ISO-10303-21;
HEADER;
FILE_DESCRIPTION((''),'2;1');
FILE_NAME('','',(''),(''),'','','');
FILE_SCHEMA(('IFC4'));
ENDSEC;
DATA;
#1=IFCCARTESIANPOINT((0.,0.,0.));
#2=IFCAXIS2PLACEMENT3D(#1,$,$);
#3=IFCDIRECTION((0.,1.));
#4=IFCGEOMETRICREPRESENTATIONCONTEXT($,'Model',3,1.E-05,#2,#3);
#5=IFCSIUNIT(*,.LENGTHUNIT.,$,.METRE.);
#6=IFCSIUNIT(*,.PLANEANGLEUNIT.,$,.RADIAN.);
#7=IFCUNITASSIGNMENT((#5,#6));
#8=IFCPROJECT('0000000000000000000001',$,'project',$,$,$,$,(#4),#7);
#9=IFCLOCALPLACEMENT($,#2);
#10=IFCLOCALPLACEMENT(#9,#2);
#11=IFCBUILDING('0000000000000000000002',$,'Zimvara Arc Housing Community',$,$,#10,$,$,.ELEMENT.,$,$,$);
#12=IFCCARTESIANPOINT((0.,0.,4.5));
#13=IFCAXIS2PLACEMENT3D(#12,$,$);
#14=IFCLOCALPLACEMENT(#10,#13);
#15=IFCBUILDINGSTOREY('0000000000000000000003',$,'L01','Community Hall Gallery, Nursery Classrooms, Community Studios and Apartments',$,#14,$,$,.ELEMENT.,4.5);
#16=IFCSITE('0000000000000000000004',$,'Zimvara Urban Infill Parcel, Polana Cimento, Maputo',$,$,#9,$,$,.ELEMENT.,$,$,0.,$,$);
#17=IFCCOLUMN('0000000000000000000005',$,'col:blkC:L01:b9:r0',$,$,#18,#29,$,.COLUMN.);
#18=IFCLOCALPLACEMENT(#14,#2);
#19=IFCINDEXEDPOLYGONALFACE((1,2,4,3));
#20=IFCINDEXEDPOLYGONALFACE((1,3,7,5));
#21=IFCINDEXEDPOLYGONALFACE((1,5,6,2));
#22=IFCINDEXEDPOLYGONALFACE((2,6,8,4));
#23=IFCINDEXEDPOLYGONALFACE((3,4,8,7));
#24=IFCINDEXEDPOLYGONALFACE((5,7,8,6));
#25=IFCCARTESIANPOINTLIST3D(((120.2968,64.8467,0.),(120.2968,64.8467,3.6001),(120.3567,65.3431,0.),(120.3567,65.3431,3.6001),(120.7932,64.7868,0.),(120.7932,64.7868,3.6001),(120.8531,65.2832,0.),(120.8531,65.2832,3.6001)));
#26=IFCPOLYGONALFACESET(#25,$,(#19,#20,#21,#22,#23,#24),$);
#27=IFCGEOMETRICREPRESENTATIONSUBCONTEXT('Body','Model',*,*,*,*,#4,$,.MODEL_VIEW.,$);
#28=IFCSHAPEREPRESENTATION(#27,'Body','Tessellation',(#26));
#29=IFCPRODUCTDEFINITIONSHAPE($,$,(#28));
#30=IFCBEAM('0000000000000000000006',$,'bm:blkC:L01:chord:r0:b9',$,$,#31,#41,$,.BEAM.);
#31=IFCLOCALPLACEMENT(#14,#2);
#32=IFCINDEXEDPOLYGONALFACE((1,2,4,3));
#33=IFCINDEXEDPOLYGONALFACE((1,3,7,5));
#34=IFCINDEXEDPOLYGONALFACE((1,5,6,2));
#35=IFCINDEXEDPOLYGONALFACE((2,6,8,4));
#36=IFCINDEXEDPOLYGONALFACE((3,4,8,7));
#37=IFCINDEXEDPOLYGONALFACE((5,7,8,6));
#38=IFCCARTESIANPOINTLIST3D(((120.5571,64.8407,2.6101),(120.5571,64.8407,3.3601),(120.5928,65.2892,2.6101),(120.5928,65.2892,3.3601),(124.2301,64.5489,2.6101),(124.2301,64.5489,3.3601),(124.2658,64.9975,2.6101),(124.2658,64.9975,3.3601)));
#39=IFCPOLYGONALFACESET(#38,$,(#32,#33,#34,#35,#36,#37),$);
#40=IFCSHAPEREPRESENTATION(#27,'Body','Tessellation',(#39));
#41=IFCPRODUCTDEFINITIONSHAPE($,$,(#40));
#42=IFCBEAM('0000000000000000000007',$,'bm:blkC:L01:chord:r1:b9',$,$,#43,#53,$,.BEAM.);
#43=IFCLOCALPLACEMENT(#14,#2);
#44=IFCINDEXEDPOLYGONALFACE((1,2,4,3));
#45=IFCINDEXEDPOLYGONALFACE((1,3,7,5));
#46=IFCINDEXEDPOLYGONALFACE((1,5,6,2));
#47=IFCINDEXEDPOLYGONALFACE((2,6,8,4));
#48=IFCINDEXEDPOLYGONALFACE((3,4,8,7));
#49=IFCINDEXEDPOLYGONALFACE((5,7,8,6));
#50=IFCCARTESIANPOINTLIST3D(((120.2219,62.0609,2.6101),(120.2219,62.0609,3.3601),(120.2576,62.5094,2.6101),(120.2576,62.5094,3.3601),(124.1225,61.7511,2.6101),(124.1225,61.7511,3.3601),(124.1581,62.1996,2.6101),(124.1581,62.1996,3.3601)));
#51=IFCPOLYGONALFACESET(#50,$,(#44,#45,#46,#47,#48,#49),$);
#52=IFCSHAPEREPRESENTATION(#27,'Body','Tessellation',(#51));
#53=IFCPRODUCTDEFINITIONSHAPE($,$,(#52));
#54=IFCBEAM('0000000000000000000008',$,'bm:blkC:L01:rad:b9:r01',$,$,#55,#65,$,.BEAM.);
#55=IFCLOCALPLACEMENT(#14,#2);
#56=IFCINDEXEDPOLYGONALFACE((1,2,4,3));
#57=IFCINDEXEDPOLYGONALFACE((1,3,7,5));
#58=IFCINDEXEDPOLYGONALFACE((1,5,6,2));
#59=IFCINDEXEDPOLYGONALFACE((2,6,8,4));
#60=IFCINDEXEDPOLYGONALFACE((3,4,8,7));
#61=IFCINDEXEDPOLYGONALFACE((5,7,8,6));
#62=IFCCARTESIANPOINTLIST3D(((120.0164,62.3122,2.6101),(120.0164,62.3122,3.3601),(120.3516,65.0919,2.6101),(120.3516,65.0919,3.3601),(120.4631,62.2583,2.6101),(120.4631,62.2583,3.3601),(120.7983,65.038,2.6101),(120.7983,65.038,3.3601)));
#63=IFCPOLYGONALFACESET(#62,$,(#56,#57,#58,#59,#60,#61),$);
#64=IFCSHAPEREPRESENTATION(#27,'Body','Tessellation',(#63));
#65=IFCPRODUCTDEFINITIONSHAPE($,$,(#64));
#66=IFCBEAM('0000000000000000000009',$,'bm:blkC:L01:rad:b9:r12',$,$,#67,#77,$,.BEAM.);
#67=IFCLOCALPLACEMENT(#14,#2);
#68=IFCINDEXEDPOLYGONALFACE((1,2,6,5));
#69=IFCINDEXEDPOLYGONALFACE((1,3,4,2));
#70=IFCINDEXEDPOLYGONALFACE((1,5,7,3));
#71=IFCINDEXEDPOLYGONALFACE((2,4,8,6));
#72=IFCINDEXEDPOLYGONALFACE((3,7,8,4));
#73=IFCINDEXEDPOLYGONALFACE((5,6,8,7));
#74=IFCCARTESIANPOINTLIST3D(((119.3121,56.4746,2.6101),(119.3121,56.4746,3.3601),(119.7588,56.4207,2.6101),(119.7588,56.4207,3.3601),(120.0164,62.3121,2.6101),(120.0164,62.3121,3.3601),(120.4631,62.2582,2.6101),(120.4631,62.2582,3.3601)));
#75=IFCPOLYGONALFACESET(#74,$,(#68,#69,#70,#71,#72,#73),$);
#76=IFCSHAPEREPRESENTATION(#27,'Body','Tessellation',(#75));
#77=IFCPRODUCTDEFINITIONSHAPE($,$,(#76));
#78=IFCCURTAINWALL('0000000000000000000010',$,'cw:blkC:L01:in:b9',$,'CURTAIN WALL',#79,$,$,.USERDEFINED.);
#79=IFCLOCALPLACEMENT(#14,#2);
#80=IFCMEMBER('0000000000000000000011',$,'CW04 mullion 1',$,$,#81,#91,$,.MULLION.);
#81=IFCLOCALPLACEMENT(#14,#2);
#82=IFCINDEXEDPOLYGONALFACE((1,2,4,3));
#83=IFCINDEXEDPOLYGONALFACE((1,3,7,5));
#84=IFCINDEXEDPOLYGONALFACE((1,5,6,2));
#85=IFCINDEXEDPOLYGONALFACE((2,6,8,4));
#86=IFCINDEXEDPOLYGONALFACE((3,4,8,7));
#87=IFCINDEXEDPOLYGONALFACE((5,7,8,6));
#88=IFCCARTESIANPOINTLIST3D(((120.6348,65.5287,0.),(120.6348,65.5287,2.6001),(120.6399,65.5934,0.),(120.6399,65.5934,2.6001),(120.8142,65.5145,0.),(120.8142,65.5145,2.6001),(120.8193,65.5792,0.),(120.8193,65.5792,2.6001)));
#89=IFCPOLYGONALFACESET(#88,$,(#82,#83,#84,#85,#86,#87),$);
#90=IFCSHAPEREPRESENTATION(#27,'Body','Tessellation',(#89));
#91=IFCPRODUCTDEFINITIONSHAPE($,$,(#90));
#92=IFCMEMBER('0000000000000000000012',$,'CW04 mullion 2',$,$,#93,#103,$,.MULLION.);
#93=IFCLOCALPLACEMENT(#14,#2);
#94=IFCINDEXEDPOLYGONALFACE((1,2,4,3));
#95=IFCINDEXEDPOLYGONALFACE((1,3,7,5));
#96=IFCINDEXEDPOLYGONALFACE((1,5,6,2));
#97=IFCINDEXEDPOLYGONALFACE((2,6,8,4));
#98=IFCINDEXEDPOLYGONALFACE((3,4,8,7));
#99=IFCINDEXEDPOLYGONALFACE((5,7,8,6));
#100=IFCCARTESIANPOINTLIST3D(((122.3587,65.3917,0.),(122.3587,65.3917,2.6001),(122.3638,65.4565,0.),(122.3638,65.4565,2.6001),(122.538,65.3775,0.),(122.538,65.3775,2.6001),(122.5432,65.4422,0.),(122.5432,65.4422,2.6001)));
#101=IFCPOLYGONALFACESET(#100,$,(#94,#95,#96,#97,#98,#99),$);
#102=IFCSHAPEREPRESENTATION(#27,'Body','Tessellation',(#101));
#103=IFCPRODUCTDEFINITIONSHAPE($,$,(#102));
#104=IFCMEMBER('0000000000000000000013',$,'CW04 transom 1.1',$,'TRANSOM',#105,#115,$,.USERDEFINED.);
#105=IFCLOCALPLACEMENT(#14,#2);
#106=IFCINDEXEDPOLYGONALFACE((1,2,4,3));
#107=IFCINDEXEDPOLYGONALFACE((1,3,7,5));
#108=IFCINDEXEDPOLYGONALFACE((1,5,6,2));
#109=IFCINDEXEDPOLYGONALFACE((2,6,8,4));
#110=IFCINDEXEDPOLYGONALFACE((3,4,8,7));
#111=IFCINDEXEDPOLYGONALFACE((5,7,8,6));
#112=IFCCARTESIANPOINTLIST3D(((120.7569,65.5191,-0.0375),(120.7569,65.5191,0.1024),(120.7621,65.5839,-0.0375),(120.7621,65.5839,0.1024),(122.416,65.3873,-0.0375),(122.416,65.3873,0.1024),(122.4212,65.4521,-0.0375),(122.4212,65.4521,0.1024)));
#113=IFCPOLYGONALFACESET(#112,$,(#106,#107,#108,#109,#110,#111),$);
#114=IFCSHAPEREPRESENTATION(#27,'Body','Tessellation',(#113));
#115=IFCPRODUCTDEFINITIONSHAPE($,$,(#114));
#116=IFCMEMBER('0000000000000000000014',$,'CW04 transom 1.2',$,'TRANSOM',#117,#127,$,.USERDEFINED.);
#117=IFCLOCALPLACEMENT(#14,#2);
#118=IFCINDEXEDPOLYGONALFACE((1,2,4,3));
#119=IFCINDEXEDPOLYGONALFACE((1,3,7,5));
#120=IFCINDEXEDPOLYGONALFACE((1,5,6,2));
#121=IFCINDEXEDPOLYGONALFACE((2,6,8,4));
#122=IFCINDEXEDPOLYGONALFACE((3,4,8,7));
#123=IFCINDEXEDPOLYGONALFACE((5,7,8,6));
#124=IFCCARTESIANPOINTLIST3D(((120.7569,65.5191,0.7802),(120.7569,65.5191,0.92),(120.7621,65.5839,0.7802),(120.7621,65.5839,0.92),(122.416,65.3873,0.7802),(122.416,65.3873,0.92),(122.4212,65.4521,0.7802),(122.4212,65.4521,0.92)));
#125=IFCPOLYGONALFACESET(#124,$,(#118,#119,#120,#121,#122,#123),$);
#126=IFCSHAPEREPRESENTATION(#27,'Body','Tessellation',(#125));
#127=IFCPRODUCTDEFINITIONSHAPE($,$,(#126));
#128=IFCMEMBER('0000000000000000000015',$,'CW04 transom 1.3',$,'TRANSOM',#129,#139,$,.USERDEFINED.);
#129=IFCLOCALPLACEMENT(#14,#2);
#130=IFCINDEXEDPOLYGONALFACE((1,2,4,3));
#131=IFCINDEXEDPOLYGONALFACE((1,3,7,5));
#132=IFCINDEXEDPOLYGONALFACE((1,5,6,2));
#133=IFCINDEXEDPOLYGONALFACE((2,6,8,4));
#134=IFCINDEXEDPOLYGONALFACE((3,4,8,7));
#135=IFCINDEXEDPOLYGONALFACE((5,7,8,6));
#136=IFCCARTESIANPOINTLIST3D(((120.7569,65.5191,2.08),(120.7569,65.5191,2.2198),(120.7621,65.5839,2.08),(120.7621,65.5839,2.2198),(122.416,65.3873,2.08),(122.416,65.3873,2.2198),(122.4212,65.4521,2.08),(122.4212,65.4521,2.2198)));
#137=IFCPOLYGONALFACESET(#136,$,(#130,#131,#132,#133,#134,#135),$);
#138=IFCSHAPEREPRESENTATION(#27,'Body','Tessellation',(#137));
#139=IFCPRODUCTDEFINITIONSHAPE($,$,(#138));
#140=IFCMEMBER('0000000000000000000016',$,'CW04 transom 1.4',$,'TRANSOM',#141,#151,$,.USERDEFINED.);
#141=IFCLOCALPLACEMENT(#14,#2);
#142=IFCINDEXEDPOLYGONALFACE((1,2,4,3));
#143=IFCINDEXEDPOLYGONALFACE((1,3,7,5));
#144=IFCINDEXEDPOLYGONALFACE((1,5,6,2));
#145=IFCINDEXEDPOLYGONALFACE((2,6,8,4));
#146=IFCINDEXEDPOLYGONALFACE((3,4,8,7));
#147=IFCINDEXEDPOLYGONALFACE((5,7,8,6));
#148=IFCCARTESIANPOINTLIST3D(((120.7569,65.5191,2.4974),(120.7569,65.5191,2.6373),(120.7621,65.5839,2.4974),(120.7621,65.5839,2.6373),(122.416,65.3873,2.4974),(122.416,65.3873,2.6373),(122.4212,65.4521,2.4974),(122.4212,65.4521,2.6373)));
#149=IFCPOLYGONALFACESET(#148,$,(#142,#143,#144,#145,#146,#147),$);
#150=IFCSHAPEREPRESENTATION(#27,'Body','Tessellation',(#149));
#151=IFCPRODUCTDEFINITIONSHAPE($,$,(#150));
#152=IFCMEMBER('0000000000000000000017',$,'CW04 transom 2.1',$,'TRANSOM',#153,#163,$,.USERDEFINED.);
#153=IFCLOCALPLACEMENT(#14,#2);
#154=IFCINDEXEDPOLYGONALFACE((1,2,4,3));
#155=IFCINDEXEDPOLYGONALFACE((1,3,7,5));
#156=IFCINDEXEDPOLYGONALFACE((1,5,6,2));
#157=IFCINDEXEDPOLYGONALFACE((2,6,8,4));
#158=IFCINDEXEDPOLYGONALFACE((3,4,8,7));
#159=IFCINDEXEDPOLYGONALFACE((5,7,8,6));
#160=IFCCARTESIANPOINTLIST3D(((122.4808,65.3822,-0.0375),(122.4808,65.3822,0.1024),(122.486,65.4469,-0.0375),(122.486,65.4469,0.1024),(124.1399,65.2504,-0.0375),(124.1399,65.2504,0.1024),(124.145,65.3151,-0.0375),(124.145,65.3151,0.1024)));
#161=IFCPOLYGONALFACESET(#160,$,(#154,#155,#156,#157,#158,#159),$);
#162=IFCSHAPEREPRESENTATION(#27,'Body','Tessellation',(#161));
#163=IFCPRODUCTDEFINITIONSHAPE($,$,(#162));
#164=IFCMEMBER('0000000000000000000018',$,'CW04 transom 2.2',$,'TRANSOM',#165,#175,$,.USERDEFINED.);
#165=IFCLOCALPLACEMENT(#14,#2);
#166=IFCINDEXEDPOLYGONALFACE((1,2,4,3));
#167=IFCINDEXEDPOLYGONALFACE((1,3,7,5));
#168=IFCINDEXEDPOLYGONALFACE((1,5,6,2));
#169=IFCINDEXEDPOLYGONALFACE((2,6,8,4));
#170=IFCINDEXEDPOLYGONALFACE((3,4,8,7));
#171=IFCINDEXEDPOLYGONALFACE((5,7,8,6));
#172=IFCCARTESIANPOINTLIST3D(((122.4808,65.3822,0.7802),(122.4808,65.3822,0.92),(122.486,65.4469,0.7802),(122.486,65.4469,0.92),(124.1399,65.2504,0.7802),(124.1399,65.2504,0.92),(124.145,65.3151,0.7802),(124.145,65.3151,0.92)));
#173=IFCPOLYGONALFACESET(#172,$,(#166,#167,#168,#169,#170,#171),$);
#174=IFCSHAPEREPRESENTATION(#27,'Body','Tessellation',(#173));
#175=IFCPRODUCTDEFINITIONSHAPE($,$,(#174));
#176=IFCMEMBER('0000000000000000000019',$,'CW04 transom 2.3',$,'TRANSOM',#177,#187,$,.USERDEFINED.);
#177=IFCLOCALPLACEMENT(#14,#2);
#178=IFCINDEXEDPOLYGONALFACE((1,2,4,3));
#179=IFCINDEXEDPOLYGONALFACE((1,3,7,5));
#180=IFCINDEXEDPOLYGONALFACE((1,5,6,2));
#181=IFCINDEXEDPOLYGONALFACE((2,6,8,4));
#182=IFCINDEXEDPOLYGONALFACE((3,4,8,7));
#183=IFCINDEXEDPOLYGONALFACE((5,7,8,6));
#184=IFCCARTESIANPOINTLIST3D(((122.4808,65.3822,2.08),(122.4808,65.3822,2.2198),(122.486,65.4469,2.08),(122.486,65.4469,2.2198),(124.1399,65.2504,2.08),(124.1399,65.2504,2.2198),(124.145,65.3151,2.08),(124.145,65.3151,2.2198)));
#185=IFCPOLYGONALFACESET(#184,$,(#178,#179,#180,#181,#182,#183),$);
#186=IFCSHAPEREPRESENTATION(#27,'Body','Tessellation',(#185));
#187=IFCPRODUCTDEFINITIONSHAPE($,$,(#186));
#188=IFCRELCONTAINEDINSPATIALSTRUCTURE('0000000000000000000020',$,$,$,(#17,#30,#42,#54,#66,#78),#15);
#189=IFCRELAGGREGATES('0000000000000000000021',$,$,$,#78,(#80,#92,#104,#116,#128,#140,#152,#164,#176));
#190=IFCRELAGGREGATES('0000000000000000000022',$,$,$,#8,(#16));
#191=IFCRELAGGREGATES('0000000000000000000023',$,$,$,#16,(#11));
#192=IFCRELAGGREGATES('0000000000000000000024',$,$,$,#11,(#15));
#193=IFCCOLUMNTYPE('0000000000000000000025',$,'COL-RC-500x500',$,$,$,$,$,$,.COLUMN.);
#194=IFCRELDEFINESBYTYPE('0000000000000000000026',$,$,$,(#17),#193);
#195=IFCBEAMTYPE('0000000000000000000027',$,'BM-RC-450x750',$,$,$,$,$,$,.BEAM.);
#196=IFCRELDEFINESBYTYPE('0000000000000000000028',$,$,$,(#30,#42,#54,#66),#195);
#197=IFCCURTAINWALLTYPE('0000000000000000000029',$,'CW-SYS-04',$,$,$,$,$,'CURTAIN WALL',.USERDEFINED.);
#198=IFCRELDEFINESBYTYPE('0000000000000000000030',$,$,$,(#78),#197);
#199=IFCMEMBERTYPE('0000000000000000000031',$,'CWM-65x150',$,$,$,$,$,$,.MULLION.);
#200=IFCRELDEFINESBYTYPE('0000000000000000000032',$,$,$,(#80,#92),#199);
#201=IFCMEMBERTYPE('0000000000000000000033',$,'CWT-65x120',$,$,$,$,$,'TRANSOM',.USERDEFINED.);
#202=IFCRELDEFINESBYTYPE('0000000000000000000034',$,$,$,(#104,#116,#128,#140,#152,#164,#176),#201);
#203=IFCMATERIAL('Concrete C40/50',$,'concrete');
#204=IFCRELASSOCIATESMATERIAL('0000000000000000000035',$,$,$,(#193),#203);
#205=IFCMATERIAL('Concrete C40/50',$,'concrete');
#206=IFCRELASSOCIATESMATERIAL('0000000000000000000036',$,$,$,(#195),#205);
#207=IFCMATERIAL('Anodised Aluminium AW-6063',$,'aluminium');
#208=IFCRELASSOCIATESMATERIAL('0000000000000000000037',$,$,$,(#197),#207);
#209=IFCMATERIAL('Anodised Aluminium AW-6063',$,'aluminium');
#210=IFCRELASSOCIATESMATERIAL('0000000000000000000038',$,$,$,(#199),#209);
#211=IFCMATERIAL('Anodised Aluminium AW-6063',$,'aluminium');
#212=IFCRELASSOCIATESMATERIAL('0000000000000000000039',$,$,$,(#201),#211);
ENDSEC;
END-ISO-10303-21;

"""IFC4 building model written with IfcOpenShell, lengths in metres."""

from ifc_helpers import new_model, si_unit, direction, frame, origin, origin_2d, place, context, subcontext, project, spatial, rectangle, extrude, material, material_profile, profile_set, type_object, element, aggregate, save


model = new_model("IFC4")

# Units and contexts
model_context = context("Model", 3, precision=1e-05, world=origin(), true_north=direction((0.0, 1.0)))
body_context = subcontext(model_context, "Body", "Model", "MODEL_VIEW")
ifc_project = project(units=[si_unit("LENGTHUNIT", "METRE"), si_unit("PLANEANGLEUNIT", "RADIAN")], contexts=[model_context])

# Site, building, storey
site_placement = place(None, origin())
site = spatial("IfcSite", under=ifc_project, at=site_placement, Name="Zimvara Urban Infill Parcel, Polana Cimento, Maputo", CompositionType="ELEMENT", RefElevation=0.0)
building_placement = place(site_placement, origin())
building = spatial("IfcBuilding", under=site, at=building_placement, Name="Zimvara Arc Housing Community", CompositionType="ELEMENT")
storey_placement = place(building_placement, frame((0.0, 0.0, 4.5)))
storey = spatial("IfcBuildingStorey", under=building, at=storey_placement, Name="L01", Description="Community Hall Gallery, Nursery Classrooms, Community Studios and Apartments", CompositionType="ELEMENT", Elevation=4.5)

# Column
ifc_material_1 = material(Name="Concrete C40/50", Category="concrete")
ifc_material_profile_1 = material_profile(ifc_material_1, rectangle(XDim=0.5, YDim=0.5, at=origin_2d()), Name="RC 500x500")
ifc_profile_set_1 = profile_set([ifc_material_profile_1], Name="Concrete C40/50")
column_type = type_object("IfcColumnType", Name="COL-RC-500x500", PredefinedType="COLUMN", material=ifc_profile_set_1)
column_placement = place(storey_placement, frame((120.575, 65.0649, 0.0), z_axis=(0.0, 0.0, 1.0), x_axis=(-0.11979, -0.992799, 0.0)))
element("IfcColumn", 1, at=column_placement, inside=storey, type_object=column_type, Name="col:blkC:L01:b9:r0", PredefinedType="COLUMN", context=body_context, shape_type="SweptSolid", body=[
    extrude(rectangle(XDim=0.5, YDim=0.5, at=origin_2d()), origin(), (0.0, 0.0, 1.0), 3.6001),
])

# Beams
ifc_material_2 = material(Name="Concrete C40/50", Category="concrete")
ifc_material_profile_2 = material_profile(ifc_material_2, rectangle(XDim=0.45, YDim=0.75, at=origin_2d()), Name="RC 450x750")
ifc_profile_set_2 = profile_set([ifc_material_profile_2], Name="Concrete C40/50")
beam_type = type_object("IfcBeamType", Name="BM-RC-450x750", PredefinedType="BEAM", material=ifc_profile_set_2)
beam_1_placement = place(storey_placement, frame((120.575, 65.0649, 2.9851), z_axis=(0.99686, -0.079179, 0.0), x_axis=(0.079179, 0.99686, 0.0)))
element("IfcBeam", 2, at=beam_1_placement, inside=storey, type_object=beam_type, Name="bm:blkC:L01:chord:r0:b9", PredefinedType="BEAM", context=body_context, shape_type="SweptSolid", body=[
    extrude(rectangle(XDim=0.45, YDim=0.75, at=origin_2d()), origin(), (0.0, 0.0, 1.0), 3.6846),
])
beam_2_placement = place(storey_placement, frame((120.2397, 62.2852, 2.9851), z_axis=(0.996861, -0.079177, 0.0), x_axis=(0.079177, 0.996861, 0.0)))
element("IfcBeam", 3, at=beam_2_placement, inside=storey, type_object=beam_type, Name="bm:blkC:L01:chord:r1:b9", PredefinedType="BEAM", context=body_context, shape_type="SweptSolid", body=[
    extrude(rectangle(XDim=0.45, YDim=0.75, at=origin_2d()), origin(), (0.0, 0.0, 1.0), 3.9128),
])
beam_3_placement = place(storey_placement, frame((120.575, 65.0649, 2.9851), z_axis=(-0.119719, -0.992808, 0.0), x_axis=(0.992808, -0.119719, 0.0)))
element("IfcBeam", 4, at=beam_3_placement, inside=storey, type_object=beam_type, Name="bm:blkC:L01:rad:b9:r01", PredefinedType="BEAM", context=body_context, shape_type="SweptSolid", body=[
    extrude(rectangle(XDim=0.45, YDim=0.75, at=origin_2d()), origin(), (0.0, 0.0, 1.0), 2.7998),
])
beam_4_placement = place(storey_placement, frame((120.2397, 62.2852, 2.9851), z_axis=(-0.119787, -0.9928, 0.0), x_axis=(0.9928, -0.119787, 0.0)))
element("IfcBeam", 5, at=beam_4_placement, inside=storey, type_object=beam_type, Name="bm:blkC:L01:rad:b9:r12", PredefinedType="BEAM", context=body_context, shape_type="SweptSolid", body=[
    extrude(rectangle(XDim=0.45, YDim=0.75, at=origin_2d()), origin(), (0.0, 0.0, 1.0), 5.8799),
])

# Curtain wall, members
ifc_material_3 = material(Name="Anodised Aluminium AW-6063", Category="aluminium")
curtain_wall_type = type_object("IfcCurtainWallType", Name="CW-SYS-04", ElementType="CURTAIN WALL", PredefinedType="USERDEFINED", material=ifc_material_3)
curtain_wall_placement = place(storey_placement, origin())
curtain_wall = element("IfcCurtainWall", 6, at=curtain_wall_placement, inside=storey, type_object=curtain_wall_type, Name="cw:blkC:L01:in:b9", ObjectType="CURTAIN WALL", PredefinedType="USERDEFINED")
ifc_material_4 = material(Name="Anodised Aluminium AW-6063", Category="aluminium")
ifc_material_profile_3 = material_profile(ifc_material_4, rectangle(XDim=0.0649, YDim=0.1799, at=origin_2d()), Name="ALU 65x180")
ifc_profile_set_3 = profile_set([ifc_material_profile_3], Name="Anodised Aluminium AW-6063")
member_type_1 = type_object("IfcMemberType", Name="CWM-65x150", PredefinedType="MULLION", material=ifc_profile_set_3)
member_1_placement = place(storey_placement, frame((120.7271, 65.554, 0.0), z_axis=(0.0, 0.0, 1.0), x_axis=(0.079155, 0.996862, 0.0)))
member_1 = element("IfcMember", 7, at=member_1_placement, type_object=member_type_1, Name="CW04 mullion 1", PredefinedType="MULLION", context=body_context, shape_type="SweptSolid", body=[
    extrude(rectangle(XDim=0.0649, YDim=0.1799, at=origin_2d()), origin(), (0.0, 0.0, 1.0), 2.6001),
])
member_2_placement = place(storey_placement, frame((122.4509, 65.417, 0.0), z_axis=(0.0, 0.0, 1.0), x_axis=(0.079155, 0.996862, 0.0)))
member_2 = element("IfcMember", 8, at=member_2_placement, type_object=member_type_1, Name="CW04 mullion 2", PredefinedType="MULLION", context=body_context, shape_type="SweptSolid", body=[
    extrude(rectangle(XDim=0.0649, YDim=0.1799, at=origin_2d()), origin(), (0.0, 0.0, 1.0), 2.6001),
])
ifc_material_5 = material(Name="Anodised Aluminium AW-6063", Category="aluminium")
ifc_material_profile_4 = material_profile(ifc_material_5, rectangle(XDim=0.0649, YDim=0.1399, at=origin_2d()), Name="ALU 65x140")
ifc_profile_set_4 = profile_set([ifc_material_profile_4], Name="Anodised Aluminium AW-6063")
member_type_2 = type_object("IfcMemberType", Name="CWT-65x120", ElementType="TRANSOM", PredefinedType="USERDEFINED", material=ifc_profile_set_4)
member_3_placement = place(storey_placement, frame((120.7595, 65.5515, 0.0325), z_axis=(0.996858, -0.079209, 0.0), x_axis=(0.079209, 0.996858, 0.0)))
member_3 = element("IfcMember", 9, at=member_3_placement, type_object=member_type_2, Name="CW04 transom 1.1", ObjectType="TRANSOM", PredefinedType="USERDEFINED", context=body_context, shape_type="SweptSolid", body=[
    extrude(rectangle(XDim=0.0649, YDim=0.1399, at=origin_2d()), origin(), (0.0, 0.0, 1.0), 1.6643),
])
member_4_placement = place(storey_placement, frame((120.7595, 65.5515, 0.8501), z_axis=(0.996858, -0.079209, 0.0), x_axis=(0.079209, 0.996858, 0.0)))
member_4 = element("IfcMember", 10, at=member_4_placement, type_object=member_type_2, Name="CW04 transom 1.2", ObjectType="TRANSOM", PredefinedType="USERDEFINED", context=body_context, shape_type="SweptSolid", body=[
    extrude(rectangle(XDim=0.0649, YDim=0.1399, at=origin_2d()), origin(), (0.0, 0.0, 1.0), 1.6643),
])
member_5_placement = place(storey_placement, frame((120.7595, 65.5515, 2.1499), z_axis=(0.996858, -0.079209, 0.0), x_axis=(0.079209, 0.996858, 0.0)))
member_5 = element("IfcMember", 11, at=member_5_placement, type_object=member_type_2, Name="CW04 transom 1.3", ObjectType="TRANSOM", PredefinedType="USERDEFINED", context=body_context, shape_type="SweptSolid", body=[
    extrude(rectangle(XDim=0.0649, YDim=0.1399, at=origin_2d()), origin(), (0.0, 0.0, 1.0), 1.6643),
])
member_6_placement = place(storey_placement, frame((120.7595, 65.5515, 2.5674), z_axis=(0.996858, -0.079209, 0.0), x_axis=(0.079209, 0.996858, 0.0)))
member_6 = element("IfcMember", 12, at=member_6_placement, type_object=member_type_2, Name="CW04 transom 1.4", ObjectType="TRANSOM", PredefinedType="USERDEFINED", context=body_context, shape_type="SweptSolid", body=[
    extrude(rectangle(XDim=0.0649, YDim=0.1399, at=origin_2d()), origin(), (0.0, 0.0, 1.0), 1.6643),
])
member_7_placement = place(storey_placement, frame((122.4834, 65.4146, 0.0325), z_axis=(0.996858, -0.079209, 0.0), x_axis=(0.079209, 0.996858, 0.0)))
member_7 = element("IfcMember", 13, at=member_7_placement, type_object=member_type_2, Name="CW04 transom 2.1", ObjectType="TRANSOM", PredefinedType="USERDEFINED", context=body_context, shape_type="SweptSolid", body=[
    extrude(rectangle(XDim=0.0649, YDim=0.1399, at=origin_2d()), origin(), (0.0, 0.0, 1.0), 1.6643),
])
member_8_placement = place(storey_placement, frame((122.4834, 65.4146, 0.8501), z_axis=(0.996858, -0.079209, 0.0), x_axis=(0.079209, 0.996858, 0.0)))
member_8 = element("IfcMember", 14, at=member_8_placement, type_object=member_type_2, Name="CW04 transom 2.2", ObjectType="TRANSOM", PredefinedType="USERDEFINED", context=body_context, shape_type="SweptSolid", body=[
    extrude(rectangle(XDim=0.0649, YDim=0.1399, at=origin_2d()), origin(), (0.0, 0.0, 1.0), 1.6643),
])
member_9_placement = place(storey_placement, frame((122.4834, 65.4146, 2.1499), z_axis=(0.996858, -0.079209, 0.0), x_axis=(0.079209, 0.996858, 0.0)))
member_9 = element("IfcMember", 15, at=member_9_placement, type_object=member_type_2, Name="CW04 transom 2.3", ObjectType="TRANSOM", PredefinedType="USERDEFINED", context=body_context, shape_type="SweptSolid", body=[
    extrude(rectangle(XDim=0.0649, YDim=0.1399, at=origin_2d()), origin(), (0.0, 0.0, 1.0), 1.6643),
])
aggregate(curtain_wall, [member_1, member_2, member_3, member_4, member_5, member_6, member_7, member_8, member_9])

save(model, "model.ifc")
